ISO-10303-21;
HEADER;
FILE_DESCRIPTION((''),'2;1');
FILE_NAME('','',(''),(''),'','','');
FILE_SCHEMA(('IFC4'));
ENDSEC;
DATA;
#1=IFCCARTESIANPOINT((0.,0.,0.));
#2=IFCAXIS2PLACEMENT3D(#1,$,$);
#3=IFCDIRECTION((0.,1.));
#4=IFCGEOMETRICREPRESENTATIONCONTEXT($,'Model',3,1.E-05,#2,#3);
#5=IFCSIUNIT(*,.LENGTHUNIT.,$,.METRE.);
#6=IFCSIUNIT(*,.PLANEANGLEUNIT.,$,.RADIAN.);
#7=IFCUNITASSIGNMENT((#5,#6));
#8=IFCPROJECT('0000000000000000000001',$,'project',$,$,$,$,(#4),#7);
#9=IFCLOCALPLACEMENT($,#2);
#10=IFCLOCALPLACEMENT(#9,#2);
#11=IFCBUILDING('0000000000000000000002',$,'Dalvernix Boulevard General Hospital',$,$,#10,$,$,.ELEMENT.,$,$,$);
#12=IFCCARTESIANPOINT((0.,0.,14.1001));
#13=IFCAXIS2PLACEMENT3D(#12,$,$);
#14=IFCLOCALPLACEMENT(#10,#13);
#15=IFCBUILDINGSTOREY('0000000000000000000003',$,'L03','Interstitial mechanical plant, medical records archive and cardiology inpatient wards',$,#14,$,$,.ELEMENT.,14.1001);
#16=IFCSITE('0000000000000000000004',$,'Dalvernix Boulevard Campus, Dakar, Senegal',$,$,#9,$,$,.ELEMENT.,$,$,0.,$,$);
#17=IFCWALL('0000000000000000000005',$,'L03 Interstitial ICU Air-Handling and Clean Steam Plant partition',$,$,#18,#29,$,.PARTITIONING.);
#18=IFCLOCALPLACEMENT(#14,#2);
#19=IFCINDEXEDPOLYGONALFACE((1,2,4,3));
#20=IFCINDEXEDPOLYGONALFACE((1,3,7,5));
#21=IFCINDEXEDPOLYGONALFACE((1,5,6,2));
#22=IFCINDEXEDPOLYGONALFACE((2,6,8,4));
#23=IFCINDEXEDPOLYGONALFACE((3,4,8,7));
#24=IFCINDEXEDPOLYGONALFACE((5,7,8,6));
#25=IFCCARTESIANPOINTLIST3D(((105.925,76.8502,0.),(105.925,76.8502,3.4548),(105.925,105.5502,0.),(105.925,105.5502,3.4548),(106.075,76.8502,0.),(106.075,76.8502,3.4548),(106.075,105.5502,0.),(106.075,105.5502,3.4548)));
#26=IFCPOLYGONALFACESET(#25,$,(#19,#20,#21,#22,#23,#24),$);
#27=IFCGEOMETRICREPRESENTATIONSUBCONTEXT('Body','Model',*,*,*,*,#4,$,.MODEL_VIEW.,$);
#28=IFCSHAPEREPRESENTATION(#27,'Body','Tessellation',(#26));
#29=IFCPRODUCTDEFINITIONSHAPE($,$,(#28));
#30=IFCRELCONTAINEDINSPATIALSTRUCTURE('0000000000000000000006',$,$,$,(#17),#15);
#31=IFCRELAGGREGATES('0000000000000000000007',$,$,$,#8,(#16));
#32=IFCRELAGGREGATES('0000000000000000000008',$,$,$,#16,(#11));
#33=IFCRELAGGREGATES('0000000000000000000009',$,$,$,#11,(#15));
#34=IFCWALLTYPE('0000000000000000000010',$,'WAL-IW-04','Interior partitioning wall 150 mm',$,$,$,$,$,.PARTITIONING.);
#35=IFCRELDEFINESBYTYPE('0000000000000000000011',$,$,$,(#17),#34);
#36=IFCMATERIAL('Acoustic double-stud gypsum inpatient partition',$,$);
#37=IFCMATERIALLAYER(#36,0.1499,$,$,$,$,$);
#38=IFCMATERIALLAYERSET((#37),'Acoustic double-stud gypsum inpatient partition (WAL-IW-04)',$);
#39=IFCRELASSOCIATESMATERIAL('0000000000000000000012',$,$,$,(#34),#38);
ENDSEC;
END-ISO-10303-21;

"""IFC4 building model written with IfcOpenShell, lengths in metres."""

from ifc_helpers import new_model, si_unit, direction, frame, frame_2d, origin, place, context, subcontext, project, spatial, rectangle, extrude, material, layer, layer_set, type_object, element, save


model = new_model("IFC4")

# Units and contexts
model_context = context("Model", 3, precision=1e-05, world=origin(), true_north=direction((0.0, 1.0)))
body_context = subcontext(model_context, "Body", "Model", "MODEL_VIEW")
ifc_project = project(units=[si_unit("LENGTHUNIT", "METRE"), si_unit("PLANEANGLEUNIT", "RADIAN")], contexts=[model_context])

# Site, building, storey
site_placement = place(None, origin())
site = spatial("IfcSite", under=ifc_project, at=site_placement, Name="Dalvernix Boulevard Campus, Dakar, Senegal", CompositionType="ELEMENT", RefElevation=0.0)
building_placement = place(site_placement, origin())
building = spatial("IfcBuilding", under=site, at=building_placement, Name="Dalvernix Boulevard General Hospital", CompositionType="ELEMENT")
storey_placement = place(building_placement, frame((0.0, 0.0, 14.1001)))
storey = spatial("IfcBuildingStorey", under=building, at=storey_placement, Name="L03", Description="Interstitial mechanical plant, medical records archive and cardiology inpatient wards", CompositionType="ELEMENT", Elevation=14.1001)

# Wall
ifc_material_1 = material(Name="Acoustic double-stud gypsum inpatient partition")
ifc_layer_1 = layer(ifc_material_1, 0.1499)
ifc_layer_set_1 = layer_set([ifc_layer_1], Name="Acoustic double-stud gypsum inpatient partition (WAL-IW-04)")
wall_type_1 = type_object("IfcWallType", Name="WAL-IW-04", Description="Interior partitioning wall 150 mm", PredefinedType="PARTITIONING", material=ifc_layer_set_1)
wall_1_placement = place(storey_placement, frame((106.0, 76.8501, 0.0), z_axis=(0.0, 0.0, 1.0), x_axis=(0.0, 1.0, 0.0)))
element("IfcWall", 1, at=wall_1_placement, inside=storey, type_object=wall_type_1, Name="L03 Interstitial ICU Air-Handling and Clean Steam Plant partition", PredefinedType="PARTITIONING", context=body_context, shape_type="SweptSolid", body=[
    extrude(rectangle(XDim=28.7, YDim=0.1499, at=frame_2d((14.3501, 0.0))), origin(), (0.0, 0.0, 1.0), 3.4548),
])

save(model, "model.ifc")
